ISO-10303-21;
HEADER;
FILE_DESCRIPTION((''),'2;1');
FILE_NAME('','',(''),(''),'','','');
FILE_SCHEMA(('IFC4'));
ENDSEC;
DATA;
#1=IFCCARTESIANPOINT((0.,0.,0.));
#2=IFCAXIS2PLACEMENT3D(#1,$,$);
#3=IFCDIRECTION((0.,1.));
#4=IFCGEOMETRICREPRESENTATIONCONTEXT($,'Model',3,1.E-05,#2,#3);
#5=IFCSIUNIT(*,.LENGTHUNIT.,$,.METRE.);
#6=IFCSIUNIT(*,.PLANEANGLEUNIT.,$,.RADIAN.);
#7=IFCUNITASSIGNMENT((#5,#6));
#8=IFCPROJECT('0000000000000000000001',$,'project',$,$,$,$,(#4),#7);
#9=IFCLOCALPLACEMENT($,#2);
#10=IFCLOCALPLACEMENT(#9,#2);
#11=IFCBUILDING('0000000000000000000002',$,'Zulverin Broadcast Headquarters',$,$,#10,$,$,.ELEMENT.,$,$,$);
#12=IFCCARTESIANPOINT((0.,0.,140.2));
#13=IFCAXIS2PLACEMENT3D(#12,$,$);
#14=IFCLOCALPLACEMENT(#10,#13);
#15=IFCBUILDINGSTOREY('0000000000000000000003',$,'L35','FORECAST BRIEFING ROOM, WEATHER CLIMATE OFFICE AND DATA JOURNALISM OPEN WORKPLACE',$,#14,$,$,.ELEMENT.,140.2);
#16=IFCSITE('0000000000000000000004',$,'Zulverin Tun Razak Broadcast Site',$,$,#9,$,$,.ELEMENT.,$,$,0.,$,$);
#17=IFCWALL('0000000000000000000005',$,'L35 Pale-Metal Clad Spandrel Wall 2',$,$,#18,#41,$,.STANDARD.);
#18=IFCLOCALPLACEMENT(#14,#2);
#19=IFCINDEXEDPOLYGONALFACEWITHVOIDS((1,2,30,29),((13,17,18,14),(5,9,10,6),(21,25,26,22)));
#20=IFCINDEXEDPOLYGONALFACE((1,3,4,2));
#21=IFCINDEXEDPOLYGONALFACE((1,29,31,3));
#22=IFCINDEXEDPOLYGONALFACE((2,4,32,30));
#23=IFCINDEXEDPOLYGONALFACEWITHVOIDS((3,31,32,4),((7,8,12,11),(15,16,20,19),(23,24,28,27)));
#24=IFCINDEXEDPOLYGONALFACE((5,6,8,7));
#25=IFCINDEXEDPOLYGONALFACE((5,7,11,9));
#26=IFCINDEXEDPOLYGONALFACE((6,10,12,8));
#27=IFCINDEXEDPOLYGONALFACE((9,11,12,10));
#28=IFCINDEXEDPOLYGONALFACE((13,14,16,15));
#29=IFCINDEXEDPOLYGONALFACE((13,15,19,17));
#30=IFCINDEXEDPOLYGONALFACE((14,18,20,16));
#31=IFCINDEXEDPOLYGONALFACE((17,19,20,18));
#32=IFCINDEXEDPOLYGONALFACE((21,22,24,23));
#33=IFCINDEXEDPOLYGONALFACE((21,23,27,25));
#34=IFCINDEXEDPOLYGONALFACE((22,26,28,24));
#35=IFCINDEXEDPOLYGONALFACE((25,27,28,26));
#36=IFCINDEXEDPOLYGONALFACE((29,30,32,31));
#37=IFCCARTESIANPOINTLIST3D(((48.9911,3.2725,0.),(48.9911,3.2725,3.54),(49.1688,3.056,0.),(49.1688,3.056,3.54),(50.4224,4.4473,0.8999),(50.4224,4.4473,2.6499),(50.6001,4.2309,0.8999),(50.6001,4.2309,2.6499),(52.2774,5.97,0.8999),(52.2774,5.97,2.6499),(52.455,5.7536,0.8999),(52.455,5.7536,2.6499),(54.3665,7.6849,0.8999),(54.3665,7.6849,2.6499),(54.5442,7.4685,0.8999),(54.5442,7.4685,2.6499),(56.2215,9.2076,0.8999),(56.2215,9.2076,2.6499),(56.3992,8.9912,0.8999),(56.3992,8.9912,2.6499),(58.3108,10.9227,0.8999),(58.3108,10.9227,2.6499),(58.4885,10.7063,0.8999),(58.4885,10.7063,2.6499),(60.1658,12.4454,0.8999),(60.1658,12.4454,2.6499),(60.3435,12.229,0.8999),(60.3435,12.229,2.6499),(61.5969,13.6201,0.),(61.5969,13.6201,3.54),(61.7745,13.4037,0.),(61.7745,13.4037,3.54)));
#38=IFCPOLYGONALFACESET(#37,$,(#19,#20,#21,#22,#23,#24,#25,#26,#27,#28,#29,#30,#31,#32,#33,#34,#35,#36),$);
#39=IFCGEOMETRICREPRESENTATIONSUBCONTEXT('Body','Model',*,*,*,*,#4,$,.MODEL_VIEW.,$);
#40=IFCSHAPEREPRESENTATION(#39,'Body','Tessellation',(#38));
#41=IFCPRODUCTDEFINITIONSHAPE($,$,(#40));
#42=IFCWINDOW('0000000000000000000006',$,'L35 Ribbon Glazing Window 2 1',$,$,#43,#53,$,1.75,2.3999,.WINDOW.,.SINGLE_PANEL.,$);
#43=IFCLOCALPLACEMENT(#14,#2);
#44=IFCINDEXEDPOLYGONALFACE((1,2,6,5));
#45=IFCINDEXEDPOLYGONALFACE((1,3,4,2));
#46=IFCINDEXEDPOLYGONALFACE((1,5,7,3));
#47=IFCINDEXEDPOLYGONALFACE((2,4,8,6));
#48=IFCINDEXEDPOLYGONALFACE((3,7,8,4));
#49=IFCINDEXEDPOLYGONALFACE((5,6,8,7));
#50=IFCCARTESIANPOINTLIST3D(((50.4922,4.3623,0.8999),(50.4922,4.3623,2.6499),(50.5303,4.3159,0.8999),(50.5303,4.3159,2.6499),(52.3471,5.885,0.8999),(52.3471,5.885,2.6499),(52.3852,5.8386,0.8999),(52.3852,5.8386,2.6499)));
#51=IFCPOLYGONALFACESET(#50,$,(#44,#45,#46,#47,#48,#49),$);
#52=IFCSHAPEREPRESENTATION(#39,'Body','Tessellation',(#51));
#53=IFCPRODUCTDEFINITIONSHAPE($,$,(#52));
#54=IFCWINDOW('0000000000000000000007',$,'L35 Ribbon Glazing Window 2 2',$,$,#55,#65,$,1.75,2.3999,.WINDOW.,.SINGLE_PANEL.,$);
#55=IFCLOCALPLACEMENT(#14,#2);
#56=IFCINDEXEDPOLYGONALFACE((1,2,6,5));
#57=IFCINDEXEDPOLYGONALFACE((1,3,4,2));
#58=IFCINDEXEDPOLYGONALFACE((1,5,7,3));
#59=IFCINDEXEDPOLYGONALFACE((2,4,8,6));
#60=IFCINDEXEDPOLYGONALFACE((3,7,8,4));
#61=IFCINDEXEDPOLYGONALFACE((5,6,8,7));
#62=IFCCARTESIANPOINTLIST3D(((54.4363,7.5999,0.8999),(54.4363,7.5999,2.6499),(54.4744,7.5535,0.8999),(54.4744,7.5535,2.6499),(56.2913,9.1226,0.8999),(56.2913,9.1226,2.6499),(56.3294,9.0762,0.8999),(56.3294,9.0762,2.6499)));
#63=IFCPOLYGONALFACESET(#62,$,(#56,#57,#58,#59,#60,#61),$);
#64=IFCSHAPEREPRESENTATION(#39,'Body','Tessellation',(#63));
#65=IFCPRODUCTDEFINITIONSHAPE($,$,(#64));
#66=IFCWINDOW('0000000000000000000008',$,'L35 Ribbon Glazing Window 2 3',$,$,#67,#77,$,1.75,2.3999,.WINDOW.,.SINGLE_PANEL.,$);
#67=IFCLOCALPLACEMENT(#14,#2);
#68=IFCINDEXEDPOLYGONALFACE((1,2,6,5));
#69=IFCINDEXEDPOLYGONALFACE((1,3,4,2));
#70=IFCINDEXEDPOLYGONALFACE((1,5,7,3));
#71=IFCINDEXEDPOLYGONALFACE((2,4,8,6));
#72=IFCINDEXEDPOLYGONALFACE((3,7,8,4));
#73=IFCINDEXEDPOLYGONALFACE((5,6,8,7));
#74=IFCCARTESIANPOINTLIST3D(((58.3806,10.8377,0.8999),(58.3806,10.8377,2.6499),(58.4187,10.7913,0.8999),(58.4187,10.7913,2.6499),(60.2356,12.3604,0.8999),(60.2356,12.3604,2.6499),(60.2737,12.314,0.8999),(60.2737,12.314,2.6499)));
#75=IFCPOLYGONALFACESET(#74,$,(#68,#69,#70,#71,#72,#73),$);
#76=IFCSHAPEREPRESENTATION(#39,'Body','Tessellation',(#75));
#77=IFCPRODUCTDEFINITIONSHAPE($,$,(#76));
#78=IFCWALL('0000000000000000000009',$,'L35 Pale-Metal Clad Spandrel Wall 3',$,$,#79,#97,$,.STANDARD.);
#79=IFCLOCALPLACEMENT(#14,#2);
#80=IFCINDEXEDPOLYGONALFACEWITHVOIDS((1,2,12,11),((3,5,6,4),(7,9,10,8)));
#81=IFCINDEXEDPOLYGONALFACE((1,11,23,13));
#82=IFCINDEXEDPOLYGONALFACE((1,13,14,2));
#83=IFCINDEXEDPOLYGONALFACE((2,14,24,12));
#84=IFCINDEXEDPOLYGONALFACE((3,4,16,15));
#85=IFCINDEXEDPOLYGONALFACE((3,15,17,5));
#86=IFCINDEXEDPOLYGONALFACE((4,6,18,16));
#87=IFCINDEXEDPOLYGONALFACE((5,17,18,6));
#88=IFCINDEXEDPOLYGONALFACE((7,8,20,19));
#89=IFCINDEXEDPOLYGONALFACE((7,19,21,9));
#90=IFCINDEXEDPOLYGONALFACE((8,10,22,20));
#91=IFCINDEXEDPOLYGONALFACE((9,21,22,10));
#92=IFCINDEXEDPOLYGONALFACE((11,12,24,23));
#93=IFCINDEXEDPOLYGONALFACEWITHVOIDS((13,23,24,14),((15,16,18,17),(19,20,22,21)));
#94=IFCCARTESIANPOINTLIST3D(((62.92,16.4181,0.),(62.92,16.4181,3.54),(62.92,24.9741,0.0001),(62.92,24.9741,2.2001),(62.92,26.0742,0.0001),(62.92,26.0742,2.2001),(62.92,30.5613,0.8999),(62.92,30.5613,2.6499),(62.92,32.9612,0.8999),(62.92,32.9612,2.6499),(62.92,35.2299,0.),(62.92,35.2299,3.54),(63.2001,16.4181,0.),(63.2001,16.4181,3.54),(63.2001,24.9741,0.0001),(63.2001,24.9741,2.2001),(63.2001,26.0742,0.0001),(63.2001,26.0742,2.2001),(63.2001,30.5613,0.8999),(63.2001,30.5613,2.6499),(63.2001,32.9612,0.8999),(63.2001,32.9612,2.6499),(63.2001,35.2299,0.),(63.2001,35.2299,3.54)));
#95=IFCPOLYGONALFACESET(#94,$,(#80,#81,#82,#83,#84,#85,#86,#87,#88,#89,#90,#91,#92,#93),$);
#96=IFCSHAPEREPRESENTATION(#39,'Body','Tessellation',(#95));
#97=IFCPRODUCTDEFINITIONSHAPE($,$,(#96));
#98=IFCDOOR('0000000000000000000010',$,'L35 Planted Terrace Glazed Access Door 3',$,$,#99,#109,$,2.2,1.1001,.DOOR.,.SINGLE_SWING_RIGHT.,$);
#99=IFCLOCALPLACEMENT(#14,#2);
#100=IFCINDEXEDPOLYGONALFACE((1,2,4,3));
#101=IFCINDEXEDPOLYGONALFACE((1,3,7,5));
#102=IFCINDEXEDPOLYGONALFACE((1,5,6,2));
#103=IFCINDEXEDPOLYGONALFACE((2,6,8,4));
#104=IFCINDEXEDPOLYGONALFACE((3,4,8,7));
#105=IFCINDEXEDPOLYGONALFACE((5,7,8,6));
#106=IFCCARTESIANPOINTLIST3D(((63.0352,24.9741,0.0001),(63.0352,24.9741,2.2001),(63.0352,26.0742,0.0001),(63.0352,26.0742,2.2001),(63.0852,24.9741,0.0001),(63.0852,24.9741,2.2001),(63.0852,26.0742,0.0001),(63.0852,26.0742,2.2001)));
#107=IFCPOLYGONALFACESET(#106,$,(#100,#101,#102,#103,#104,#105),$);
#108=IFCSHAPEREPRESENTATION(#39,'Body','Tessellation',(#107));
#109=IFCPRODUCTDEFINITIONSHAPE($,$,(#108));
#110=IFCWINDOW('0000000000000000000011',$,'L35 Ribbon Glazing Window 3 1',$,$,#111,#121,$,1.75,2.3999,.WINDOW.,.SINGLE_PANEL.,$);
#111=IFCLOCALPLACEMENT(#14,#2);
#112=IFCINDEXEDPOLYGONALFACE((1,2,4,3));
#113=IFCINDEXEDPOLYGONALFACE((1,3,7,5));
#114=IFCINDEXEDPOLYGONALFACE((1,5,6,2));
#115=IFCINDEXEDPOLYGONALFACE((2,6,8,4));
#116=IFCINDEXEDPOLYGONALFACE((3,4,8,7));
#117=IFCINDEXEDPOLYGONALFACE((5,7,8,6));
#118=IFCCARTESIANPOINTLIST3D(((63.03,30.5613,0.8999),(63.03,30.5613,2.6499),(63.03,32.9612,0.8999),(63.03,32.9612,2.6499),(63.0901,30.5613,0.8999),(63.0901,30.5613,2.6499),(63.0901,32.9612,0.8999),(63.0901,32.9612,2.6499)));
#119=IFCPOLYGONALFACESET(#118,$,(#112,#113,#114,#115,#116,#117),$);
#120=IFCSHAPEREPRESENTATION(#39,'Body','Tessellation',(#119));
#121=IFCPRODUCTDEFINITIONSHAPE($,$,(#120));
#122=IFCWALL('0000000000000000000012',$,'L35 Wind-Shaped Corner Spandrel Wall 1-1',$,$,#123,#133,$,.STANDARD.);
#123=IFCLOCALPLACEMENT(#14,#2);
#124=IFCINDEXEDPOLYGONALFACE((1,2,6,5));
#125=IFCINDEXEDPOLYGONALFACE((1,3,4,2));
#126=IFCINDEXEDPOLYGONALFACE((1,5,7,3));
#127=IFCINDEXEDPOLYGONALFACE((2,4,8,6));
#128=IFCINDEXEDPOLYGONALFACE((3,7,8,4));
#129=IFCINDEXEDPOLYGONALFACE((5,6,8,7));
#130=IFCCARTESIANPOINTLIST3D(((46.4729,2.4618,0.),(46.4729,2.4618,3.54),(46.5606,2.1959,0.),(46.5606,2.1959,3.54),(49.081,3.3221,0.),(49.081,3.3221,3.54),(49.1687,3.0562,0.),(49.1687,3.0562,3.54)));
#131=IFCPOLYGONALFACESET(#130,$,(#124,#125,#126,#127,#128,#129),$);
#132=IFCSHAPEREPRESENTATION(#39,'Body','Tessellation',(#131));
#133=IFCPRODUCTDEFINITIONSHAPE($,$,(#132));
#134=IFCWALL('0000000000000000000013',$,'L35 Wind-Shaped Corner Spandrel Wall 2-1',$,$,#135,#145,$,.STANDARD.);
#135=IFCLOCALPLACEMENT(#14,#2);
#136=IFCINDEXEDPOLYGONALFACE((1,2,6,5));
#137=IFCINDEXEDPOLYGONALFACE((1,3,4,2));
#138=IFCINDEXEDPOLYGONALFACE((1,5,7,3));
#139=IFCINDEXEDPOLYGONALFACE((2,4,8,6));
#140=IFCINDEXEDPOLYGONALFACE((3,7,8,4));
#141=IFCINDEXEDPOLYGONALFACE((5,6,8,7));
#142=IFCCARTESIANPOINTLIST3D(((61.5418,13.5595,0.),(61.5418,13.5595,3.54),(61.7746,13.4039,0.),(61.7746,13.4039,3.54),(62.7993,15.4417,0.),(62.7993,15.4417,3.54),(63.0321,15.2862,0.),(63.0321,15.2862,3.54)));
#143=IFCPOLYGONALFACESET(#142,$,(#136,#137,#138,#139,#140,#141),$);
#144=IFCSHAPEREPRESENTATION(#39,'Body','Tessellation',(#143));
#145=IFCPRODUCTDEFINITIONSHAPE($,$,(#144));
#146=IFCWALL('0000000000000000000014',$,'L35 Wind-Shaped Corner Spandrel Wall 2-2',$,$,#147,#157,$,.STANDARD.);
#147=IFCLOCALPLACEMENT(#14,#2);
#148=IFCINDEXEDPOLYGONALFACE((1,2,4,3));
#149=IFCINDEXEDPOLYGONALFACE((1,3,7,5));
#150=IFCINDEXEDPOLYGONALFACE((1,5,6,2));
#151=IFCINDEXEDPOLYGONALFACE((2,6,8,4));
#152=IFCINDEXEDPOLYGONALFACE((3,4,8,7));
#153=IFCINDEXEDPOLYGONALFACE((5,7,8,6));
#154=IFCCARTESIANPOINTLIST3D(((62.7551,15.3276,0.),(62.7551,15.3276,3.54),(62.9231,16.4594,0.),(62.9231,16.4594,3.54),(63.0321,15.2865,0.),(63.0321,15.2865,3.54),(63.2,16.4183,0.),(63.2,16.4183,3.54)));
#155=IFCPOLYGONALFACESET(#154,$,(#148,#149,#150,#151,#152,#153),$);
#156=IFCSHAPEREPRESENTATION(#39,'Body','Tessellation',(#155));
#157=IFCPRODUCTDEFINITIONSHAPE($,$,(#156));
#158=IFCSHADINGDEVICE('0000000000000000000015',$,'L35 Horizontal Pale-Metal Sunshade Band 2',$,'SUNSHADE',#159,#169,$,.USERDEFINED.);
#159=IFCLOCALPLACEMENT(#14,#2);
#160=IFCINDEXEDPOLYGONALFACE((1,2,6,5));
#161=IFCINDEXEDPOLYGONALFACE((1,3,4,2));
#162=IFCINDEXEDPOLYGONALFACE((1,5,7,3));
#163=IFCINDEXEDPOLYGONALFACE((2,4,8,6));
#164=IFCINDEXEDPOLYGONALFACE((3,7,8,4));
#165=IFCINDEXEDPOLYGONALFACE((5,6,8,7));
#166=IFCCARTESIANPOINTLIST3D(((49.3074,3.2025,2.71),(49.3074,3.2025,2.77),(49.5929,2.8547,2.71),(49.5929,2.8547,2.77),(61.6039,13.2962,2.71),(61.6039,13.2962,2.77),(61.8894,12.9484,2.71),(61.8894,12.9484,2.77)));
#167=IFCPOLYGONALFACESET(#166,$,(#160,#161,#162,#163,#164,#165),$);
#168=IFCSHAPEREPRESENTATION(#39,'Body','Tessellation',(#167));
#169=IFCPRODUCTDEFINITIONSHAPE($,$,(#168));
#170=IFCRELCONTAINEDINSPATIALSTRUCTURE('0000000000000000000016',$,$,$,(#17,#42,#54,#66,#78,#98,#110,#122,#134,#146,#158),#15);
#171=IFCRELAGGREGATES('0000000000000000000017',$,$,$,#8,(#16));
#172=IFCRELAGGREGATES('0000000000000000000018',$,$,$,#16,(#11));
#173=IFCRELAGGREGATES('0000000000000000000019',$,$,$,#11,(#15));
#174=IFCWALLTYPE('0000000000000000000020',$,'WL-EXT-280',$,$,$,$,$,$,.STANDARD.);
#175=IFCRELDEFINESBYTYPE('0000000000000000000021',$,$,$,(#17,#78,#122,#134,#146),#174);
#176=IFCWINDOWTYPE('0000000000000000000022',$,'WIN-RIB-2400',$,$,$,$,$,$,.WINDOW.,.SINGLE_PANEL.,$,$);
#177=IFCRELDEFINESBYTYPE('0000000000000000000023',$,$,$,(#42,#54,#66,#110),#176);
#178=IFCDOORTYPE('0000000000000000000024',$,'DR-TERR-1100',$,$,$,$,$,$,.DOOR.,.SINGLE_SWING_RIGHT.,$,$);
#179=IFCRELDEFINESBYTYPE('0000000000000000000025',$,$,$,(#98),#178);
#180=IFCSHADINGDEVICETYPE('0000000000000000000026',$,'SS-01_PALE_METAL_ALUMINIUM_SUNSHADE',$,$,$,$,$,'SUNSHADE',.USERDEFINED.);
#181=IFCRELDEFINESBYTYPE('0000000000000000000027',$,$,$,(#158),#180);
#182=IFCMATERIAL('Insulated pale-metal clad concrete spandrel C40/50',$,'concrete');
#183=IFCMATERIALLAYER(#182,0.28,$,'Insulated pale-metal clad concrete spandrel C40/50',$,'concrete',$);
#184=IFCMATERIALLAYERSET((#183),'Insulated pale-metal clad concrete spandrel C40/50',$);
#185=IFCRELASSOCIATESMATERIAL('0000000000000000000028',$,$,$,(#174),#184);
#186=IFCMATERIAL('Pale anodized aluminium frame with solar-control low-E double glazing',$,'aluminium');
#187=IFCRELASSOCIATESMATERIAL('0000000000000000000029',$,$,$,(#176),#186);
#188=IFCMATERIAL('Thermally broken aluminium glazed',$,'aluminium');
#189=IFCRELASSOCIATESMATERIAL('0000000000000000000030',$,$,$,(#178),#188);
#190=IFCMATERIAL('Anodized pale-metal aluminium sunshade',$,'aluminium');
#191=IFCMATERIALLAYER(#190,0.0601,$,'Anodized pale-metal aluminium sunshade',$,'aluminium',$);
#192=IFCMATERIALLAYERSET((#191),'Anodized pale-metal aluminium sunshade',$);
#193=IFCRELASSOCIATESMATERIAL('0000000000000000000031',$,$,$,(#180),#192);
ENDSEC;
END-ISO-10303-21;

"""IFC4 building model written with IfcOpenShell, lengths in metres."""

from ifc_helpers import new_model, si_unit, direction, frame, frame_2d, origin, origin_2d, place, context, subcontext, project, spatial, rectangle, extrude, material, layer, layer_set, type_object, element, fill, save


model = new_model("IFC4")

# Units and contexts
model_context = context("Model", 3, precision=1e-05, world=origin(), true_north=direction((0.0, 1.0)))
body_context = subcontext(model_context, "Body", "Model", "MODEL_VIEW")
ifc_project = project(units=[si_unit("LENGTHUNIT", "METRE"), si_unit("PLANEANGLEUNIT", "RADIAN")], contexts=[model_context])

# Site, building, storey
site_placement = place(None, origin())
site = spatial("IfcSite", under=ifc_project, at=site_placement, Name="Zulverin Tun Razak Broadcast Site", CompositionType="ELEMENT", RefElevation=0.0)
building_placement = place(site_placement, origin())
building = spatial("IfcBuilding", under=site, at=building_placement, Name="Zulverin Broadcast Headquarters", CompositionType="ELEMENT")
storey_placement = place(building_placement, frame((0.0, 0.0, 140.2)))
storey = spatial("IfcBuildingStorey", under=building, at=storey_placement, Name="L35", Description="FORECAST BRIEFING ROOM, WEATHER CLIMATE OFFICE AND DATA JOURNALISM OPEN WORKPLACE", CompositionType="ELEMENT", Elevation=140.2)

# Wall, openings, windows
ifc_material_1 = material(Name="Insulated pale-metal clad concrete spandrel C40/50", Category="concrete")
ifc_layer_1 = layer(ifc_material_1, 0.28, Name="Insulated pale-metal clad concrete spandrel C40/50", Category="concrete")
ifc_layer_set_1 = layer_set([ifc_layer_1], Name="Insulated pale-metal clad concrete spandrel C40/50")
wall_type = type_object("IfcWallType", Name="WL-EXT-280", PredefinedType="STANDARD", material=ifc_layer_set_1)
wall_1_placement = place(storey_placement, frame((49.0801, 3.1643, 0.0), z_axis=(0.0, 0.0, 1.0), x_axis=(0.772938, 0.634482, 0.0)))
wall_1 = element("IfcWall", 1, at=wall_1_placement, inside=storey, type_object=wall_type, Name="L35 Pale-Metal Clad Spandrel Wall 2", PredefinedType="STANDARD", context=body_context, shape_type="SweptSolid", body=[
    extrude(rectangle(XDim=16.3088, YDim=0.28, at=frame_2d((8.1543, 0.0))), origin(), (0.0, 0.0, 1.0), 3.54),
])
opening_1_placement = place(wall_1_placement, frame((1.8516, 0.0, 0.8999)))
opening_1 = element("IfcOpeningElement", 2, at=opening_1_placement, cuts=wall_1, PredefinedType="OPENING", context=body_context, shape_type="SweptSolid", body=[
    extrude(rectangle(XDim=2.3999, YDim=1.75, at=frame_2d((1.2, 0.875))), frame((0.0, 0.1499, 0.0), z_axis=(0.0, -1.0, 0.0), x_axis=(1.0, 0.0, 0.0)), (0.0, 0.0, 1.0), 0.3),
])
opening_2_placement = place(wall_1_placement, frame((6.9543, 0.0, 0.8999)))
opening_2 = element("IfcOpeningElement", 3, at=opening_2_placement, cuts=wall_1, PredefinedType="OPENING", context=body_context, shape_type="SweptSolid", body=[
    extrude(rectangle(XDim=2.3999, YDim=1.75, at=frame_2d((1.2, 0.875))), frame((0.0, 0.1499, 0.0), z_axis=(0.0, -1.0, 0.0), x_axis=(1.0, 0.0, 0.0)), (0.0, 0.0, 1.0), 0.3),
])
opening_3_placement = place(wall_1_placement, frame((12.0574, 0.0, 0.8999)))
opening_3 = element("IfcOpeningElement", 4, at=opening_3_placement, cuts=wall_1, PredefinedType="OPENING", context=body_context, shape_type="SweptSolid", body=[
    extrude(rectangle(XDim=2.3999, YDim=1.75, at=frame_2d((1.2, 0.875))), frame((0.0, 0.1499, 0.0), z_axis=(0.0, -1.0, 0.0), x_axis=(1.0, 0.0, 0.0)), (0.0, 0.0, 1.0), 0.3),
])
ifc_material_2 = material(Name="Pale anodized aluminium frame with solar-control low-E double glazing", Category="aluminium")
window_type = type_object("IfcWindowType", Name="WIN-RIB-2400", PartitioningType="SINGLE_PANEL", PredefinedType="WINDOW", material=ifc_material_2)
window_1_placement = place(opening_1_placement, origin())
window_1 = element("IfcWindow", 5, at=window_1_placement, inside=storey, type_object=window_type, Name="L35 Ribbon Glazing Window 2 1", OverallHeight=1.75, OverallWidth=2.3999, PartitioningType="SINGLE_PANEL", PredefinedType="WINDOW", context=body_context, shape_type="SweptSolid", body=[
    extrude(rectangle(XDim=2.3999, YDim=1.75, at=frame_2d((1.2, 0.875))), frame((0.0, 0.03, 0.0), z_axis=(0.0, -1.0, 0.0), x_axis=(1.0, 0.0, 0.0)), (0.0, 0.0, 1.0), 0.0601),
])
fill(opening_1, window_1)
window_2_placement = place(opening_2_placement, origin())
window_2 = element("IfcWindow", 6, at=window_2_placement, inside=storey, type_object=window_type, Name="L35 Ribbon Glazing Window 2 2", OverallHeight=1.75, OverallWidth=2.3999, PartitioningType="SINGLE_PANEL", PredefinedType="WINDOW", context=body_context, shape_type="SweptSolid", body=[
    extrude(rectangle(XDim=2.3999, YDim=1.75, at=frame_2d((1.2, 0.875))), frame((0.0, 0.03, 0.0), z_axis=(0.0, -1.0, 0.0), x_axis=(1.0, 0.0, 0.0)), (0.0, 0.0, 1.0), 0.0601),
])
fill(opening_2, window_2)
window_3_placement = place(opening_3_placement, origin())
window_3 = element("IfcWindow", 7, at=window_3_placement, inside=storey, type_object=window_type, Name="L35 Ribbon Glazing Window 2 3", OverallHeight=1.75, OverallWidth=2.3999, PartitioningType="SINGLE_PANEL", PredefinedType="WINDOW", context=body_context, shape_type="SweptSolid", body=[
    extrude(rectangle(XDim=2.3999, YDim=1.75, at=frame_2d((1.2, 0.875))), frame((0.0, 0.03, 0.0), z_axis=(0.0, -1.0, 0.0), x_axis=(1.0, 0.0, 0.0)), (0.0, 0.0, 1.0), 0.0601),
])
fill(opening_3, window_3)

# Wall, openings, door, window
wall_2_placement = place(storey_placement, frame((63.0601, 16.4182, 0.0), z_axis=(0.0, 0.0, 1.0), x_axis=(0.0, 1.0, 0.0)))
wall_2 = element("IfcWall", 8, at=wall_2_placement, inside=storey, type_object=wall_type, Name="L35 Pale-Metal Clad Spandrel Wall 3", PredefinedType="STANDARD", context=body_context, shape_type="SweptSolid", body=[
    extrude(rectangle(XDim=18.8118, YDim=0.28, at=frame_2d((9.4058, 0.0))), origin(), (0.0, 0.0, 1.0), 3.54),
])
opening_4_placement = place(wall_2_placement, frame((8.5559, 0.0, 0.0)))
opening_4 = element("IfcOpeningElement", 9, at=opening_4_placement, cuts=wall_2, PredefinedType="OPENING", context=body_context, shape_type="SweptSolid", body=[
    extrude(rectangle(XDim=1.1001, YDim=2.2, at=frame_2d((0.55, 1.1001))), frame((0.0, 0.1499, 0.0), z_axis=(0.0, -1.0, 0.0), x_axis=(1.0, 0.0, 0.0)), (0.0, 0.0, 1.0), 0.3),
])
opening_5_placement = place(wall_2_placement, frame((14.1431, 0.0, 0.8999)))
opening_5 = element("IfcOpeningElement", 10, at=opening_5_placement, cuts=wall_2, PredefinedType="OPENING", context=body_context, shape_type="SweptSolid", body=[
    extrude(rectangle(XDim=2.3999, YDim=1.75, at=frame_2d((1.2, 0.875))), frame((0.0, 0.1499, 0.0), z_axis=(0.0, -1.0, 0.0), x_axis=(1.0, 0.0, 0.0)), (0.0, 0.0, 1.0), 0.3),
])
ifc_material_3 = material(Name="Thermally broken aluminium glazed", Category="aluminium")
door_type = type_object("IfcDoorType", Name="DR-TERR-1100", OperationType="SINGLE_SWING_RIGHT", PredefinedType="DOOR", material=ifc_material_3)
door_placement = place(opening_4_placement, origin())
door = element("IfcDoor", 11, at=door_placement, inside=storey, type_object=door_type, Name="L35 Planted Terrace Glazed Access Door 3", OperationType="SINGLE_SWING_RIGHT", OverallHeight=2.2, OverallWidth=1.1001, PredefinedType="DOOR", context=body_context, shape_type="SweptSolid", body=[
    extrude(rectangle(XDim=1.1001, YDim=2.2, at=frame_2d((0.55, 1.1001))), frame((0.0, 0.0249, 0.0), z_axis=(0.0, -1.0, 0.0), x_axis=(1.0, 0.0, 0.0)), (0.0, 0.0, 1.0), 0.05),
])
fill(opening_4, door)
window_4_placement = place(opening_5_placement, origin())
window_4 = element("IfcWindow", 12, at=window_4_placement, inside=storey, type_object=window_type, Name="L35 Ribbon Glazing Window 3 1", OverallHeight=1.75, OverallWidth=2.3999, PartitioningType="SINGLE_PANEL", PredefinedType="WINDOW", context=body_context, shape_type="SweptSolid", body=[
    extrude(rectangle(XDim=2.3999, YDim=1.75, at=frame_2d((1.2, 0.875))), frame((0.0, 0.03, 0.0), z_axis=(0.0, -1.0, 0.0), x_axis=(1.0, 0.0, 0.0)), (0.0, 0.0, 1.0), 0.0601),
])
fill(opening_5, window_4)

# Walls
wall_3_placement = place(storey_placement, frame((46.5168, 2.3289, 0.0), z_axis=(0.0, 0.0, 1.0), x_axis=(0.949665, 0.313266, 0.0)))
element("IfcWall", 13, at=wall_3_placement, inside=storey, type_object=wall_type, Name="L35 Wind-Shaped Corner Spandrel Wall 1-1", PredefinedType="STANDARD", context=body_context, shape_type="SweptSolid", body=[
    extrude(rectangle(XDim=2.7463, YDim=0.28, at=frame_2d((1.373, 0.0))), origin(), (0.0, 0.0, 1.0), 3.54),
])
wall_4_placement = place(storey_placement, frame((61.6582, 13.4817, 0.0), z_axis=(0.0, 0.0, 1.0), x_axis=(0.555521, 0.831502, 0.0)))
element("IfcWall", 14, at=wall_4_placement, inside=storey, type_object=wall_type, Name="L35 Wind-Shaped Corner Spandrel Wall 2-1", PredefinedType="STANDARD", context=body_context, shape_type="SweptSolid", body=[
    extrude(rectangle(XDim=2.2637, YDim=0.28, at=frame_2d((1.1318, 0.0))), origin(), (0.0, 0.0, 1.0), 3.54),
])
wall_5_placement = place(storey_placement, frame((62.8936, 15.3069, 0.0), z_axis=(0.0, 0.0, 1.0), x_axis=(0.146796, 0.989167, 0.0)))
element("IfcWall", 15, at=wall_5_placement, inside=storey, type_object=wall_type, Name="L35 Wind-Shaped Corner Spandrel Wall 2-2", PredefinedType="STANDARD", context=body_context, shape_type="SweptSolid", body=[
    extrude(rectangle(XDim=1.1443, YDim=0.28, at=frame_2d((0.5723, 0.0))), origin(), (0.0, 0.0, 1.0), 3.54),
])

# Shading device
ifc_material_4 = material(Name="Anodized pale-metal aluminium sunshade", Category="aluminium")
ifc_layer_2 = layer(ifc_material_4, 0.0601, Name="Anodized pale-metal aluminium sunshade", Category="aluminium")
ifc_layer_set_2 = layer_set([ifc_layer_2], Name="Anodized pale-metal aluminium sunshade")
shading_device_type = type_object("IfcShadingDeviceType", Name="SS-01_PALE_METAL_ALUMINIUM_SUNSHADE", ElementType="SUNSHADE", PredefinedType="USERDEFINED", material=ifc_layer_set_2)
shading_device_placement = place(storey_placement, frame((55.5984, 8.0754, 2.71), z_axis=(0.0, 0.0, 1.0), x_axis=(0.77294, 0.63448, 0.0)))
element("IfcShadingDevice", 16, at=shading_device_placement, inside=storey, type_object=shading_device_type, Name="L35 Horizontal Pale-Metal Sunshade Band 2", ObjectType="SUNSHADE", PredefinedType="USERDEFINED", context=body_context, shape_type="SweptSolid", body=[
    extrude(rectangle(XDim=15.9087, YDim=0.45, at=origin_2d()), origin(), (0.0, 0.0, 1.0), 0.0601),
])

save(model, "model.ifc")
